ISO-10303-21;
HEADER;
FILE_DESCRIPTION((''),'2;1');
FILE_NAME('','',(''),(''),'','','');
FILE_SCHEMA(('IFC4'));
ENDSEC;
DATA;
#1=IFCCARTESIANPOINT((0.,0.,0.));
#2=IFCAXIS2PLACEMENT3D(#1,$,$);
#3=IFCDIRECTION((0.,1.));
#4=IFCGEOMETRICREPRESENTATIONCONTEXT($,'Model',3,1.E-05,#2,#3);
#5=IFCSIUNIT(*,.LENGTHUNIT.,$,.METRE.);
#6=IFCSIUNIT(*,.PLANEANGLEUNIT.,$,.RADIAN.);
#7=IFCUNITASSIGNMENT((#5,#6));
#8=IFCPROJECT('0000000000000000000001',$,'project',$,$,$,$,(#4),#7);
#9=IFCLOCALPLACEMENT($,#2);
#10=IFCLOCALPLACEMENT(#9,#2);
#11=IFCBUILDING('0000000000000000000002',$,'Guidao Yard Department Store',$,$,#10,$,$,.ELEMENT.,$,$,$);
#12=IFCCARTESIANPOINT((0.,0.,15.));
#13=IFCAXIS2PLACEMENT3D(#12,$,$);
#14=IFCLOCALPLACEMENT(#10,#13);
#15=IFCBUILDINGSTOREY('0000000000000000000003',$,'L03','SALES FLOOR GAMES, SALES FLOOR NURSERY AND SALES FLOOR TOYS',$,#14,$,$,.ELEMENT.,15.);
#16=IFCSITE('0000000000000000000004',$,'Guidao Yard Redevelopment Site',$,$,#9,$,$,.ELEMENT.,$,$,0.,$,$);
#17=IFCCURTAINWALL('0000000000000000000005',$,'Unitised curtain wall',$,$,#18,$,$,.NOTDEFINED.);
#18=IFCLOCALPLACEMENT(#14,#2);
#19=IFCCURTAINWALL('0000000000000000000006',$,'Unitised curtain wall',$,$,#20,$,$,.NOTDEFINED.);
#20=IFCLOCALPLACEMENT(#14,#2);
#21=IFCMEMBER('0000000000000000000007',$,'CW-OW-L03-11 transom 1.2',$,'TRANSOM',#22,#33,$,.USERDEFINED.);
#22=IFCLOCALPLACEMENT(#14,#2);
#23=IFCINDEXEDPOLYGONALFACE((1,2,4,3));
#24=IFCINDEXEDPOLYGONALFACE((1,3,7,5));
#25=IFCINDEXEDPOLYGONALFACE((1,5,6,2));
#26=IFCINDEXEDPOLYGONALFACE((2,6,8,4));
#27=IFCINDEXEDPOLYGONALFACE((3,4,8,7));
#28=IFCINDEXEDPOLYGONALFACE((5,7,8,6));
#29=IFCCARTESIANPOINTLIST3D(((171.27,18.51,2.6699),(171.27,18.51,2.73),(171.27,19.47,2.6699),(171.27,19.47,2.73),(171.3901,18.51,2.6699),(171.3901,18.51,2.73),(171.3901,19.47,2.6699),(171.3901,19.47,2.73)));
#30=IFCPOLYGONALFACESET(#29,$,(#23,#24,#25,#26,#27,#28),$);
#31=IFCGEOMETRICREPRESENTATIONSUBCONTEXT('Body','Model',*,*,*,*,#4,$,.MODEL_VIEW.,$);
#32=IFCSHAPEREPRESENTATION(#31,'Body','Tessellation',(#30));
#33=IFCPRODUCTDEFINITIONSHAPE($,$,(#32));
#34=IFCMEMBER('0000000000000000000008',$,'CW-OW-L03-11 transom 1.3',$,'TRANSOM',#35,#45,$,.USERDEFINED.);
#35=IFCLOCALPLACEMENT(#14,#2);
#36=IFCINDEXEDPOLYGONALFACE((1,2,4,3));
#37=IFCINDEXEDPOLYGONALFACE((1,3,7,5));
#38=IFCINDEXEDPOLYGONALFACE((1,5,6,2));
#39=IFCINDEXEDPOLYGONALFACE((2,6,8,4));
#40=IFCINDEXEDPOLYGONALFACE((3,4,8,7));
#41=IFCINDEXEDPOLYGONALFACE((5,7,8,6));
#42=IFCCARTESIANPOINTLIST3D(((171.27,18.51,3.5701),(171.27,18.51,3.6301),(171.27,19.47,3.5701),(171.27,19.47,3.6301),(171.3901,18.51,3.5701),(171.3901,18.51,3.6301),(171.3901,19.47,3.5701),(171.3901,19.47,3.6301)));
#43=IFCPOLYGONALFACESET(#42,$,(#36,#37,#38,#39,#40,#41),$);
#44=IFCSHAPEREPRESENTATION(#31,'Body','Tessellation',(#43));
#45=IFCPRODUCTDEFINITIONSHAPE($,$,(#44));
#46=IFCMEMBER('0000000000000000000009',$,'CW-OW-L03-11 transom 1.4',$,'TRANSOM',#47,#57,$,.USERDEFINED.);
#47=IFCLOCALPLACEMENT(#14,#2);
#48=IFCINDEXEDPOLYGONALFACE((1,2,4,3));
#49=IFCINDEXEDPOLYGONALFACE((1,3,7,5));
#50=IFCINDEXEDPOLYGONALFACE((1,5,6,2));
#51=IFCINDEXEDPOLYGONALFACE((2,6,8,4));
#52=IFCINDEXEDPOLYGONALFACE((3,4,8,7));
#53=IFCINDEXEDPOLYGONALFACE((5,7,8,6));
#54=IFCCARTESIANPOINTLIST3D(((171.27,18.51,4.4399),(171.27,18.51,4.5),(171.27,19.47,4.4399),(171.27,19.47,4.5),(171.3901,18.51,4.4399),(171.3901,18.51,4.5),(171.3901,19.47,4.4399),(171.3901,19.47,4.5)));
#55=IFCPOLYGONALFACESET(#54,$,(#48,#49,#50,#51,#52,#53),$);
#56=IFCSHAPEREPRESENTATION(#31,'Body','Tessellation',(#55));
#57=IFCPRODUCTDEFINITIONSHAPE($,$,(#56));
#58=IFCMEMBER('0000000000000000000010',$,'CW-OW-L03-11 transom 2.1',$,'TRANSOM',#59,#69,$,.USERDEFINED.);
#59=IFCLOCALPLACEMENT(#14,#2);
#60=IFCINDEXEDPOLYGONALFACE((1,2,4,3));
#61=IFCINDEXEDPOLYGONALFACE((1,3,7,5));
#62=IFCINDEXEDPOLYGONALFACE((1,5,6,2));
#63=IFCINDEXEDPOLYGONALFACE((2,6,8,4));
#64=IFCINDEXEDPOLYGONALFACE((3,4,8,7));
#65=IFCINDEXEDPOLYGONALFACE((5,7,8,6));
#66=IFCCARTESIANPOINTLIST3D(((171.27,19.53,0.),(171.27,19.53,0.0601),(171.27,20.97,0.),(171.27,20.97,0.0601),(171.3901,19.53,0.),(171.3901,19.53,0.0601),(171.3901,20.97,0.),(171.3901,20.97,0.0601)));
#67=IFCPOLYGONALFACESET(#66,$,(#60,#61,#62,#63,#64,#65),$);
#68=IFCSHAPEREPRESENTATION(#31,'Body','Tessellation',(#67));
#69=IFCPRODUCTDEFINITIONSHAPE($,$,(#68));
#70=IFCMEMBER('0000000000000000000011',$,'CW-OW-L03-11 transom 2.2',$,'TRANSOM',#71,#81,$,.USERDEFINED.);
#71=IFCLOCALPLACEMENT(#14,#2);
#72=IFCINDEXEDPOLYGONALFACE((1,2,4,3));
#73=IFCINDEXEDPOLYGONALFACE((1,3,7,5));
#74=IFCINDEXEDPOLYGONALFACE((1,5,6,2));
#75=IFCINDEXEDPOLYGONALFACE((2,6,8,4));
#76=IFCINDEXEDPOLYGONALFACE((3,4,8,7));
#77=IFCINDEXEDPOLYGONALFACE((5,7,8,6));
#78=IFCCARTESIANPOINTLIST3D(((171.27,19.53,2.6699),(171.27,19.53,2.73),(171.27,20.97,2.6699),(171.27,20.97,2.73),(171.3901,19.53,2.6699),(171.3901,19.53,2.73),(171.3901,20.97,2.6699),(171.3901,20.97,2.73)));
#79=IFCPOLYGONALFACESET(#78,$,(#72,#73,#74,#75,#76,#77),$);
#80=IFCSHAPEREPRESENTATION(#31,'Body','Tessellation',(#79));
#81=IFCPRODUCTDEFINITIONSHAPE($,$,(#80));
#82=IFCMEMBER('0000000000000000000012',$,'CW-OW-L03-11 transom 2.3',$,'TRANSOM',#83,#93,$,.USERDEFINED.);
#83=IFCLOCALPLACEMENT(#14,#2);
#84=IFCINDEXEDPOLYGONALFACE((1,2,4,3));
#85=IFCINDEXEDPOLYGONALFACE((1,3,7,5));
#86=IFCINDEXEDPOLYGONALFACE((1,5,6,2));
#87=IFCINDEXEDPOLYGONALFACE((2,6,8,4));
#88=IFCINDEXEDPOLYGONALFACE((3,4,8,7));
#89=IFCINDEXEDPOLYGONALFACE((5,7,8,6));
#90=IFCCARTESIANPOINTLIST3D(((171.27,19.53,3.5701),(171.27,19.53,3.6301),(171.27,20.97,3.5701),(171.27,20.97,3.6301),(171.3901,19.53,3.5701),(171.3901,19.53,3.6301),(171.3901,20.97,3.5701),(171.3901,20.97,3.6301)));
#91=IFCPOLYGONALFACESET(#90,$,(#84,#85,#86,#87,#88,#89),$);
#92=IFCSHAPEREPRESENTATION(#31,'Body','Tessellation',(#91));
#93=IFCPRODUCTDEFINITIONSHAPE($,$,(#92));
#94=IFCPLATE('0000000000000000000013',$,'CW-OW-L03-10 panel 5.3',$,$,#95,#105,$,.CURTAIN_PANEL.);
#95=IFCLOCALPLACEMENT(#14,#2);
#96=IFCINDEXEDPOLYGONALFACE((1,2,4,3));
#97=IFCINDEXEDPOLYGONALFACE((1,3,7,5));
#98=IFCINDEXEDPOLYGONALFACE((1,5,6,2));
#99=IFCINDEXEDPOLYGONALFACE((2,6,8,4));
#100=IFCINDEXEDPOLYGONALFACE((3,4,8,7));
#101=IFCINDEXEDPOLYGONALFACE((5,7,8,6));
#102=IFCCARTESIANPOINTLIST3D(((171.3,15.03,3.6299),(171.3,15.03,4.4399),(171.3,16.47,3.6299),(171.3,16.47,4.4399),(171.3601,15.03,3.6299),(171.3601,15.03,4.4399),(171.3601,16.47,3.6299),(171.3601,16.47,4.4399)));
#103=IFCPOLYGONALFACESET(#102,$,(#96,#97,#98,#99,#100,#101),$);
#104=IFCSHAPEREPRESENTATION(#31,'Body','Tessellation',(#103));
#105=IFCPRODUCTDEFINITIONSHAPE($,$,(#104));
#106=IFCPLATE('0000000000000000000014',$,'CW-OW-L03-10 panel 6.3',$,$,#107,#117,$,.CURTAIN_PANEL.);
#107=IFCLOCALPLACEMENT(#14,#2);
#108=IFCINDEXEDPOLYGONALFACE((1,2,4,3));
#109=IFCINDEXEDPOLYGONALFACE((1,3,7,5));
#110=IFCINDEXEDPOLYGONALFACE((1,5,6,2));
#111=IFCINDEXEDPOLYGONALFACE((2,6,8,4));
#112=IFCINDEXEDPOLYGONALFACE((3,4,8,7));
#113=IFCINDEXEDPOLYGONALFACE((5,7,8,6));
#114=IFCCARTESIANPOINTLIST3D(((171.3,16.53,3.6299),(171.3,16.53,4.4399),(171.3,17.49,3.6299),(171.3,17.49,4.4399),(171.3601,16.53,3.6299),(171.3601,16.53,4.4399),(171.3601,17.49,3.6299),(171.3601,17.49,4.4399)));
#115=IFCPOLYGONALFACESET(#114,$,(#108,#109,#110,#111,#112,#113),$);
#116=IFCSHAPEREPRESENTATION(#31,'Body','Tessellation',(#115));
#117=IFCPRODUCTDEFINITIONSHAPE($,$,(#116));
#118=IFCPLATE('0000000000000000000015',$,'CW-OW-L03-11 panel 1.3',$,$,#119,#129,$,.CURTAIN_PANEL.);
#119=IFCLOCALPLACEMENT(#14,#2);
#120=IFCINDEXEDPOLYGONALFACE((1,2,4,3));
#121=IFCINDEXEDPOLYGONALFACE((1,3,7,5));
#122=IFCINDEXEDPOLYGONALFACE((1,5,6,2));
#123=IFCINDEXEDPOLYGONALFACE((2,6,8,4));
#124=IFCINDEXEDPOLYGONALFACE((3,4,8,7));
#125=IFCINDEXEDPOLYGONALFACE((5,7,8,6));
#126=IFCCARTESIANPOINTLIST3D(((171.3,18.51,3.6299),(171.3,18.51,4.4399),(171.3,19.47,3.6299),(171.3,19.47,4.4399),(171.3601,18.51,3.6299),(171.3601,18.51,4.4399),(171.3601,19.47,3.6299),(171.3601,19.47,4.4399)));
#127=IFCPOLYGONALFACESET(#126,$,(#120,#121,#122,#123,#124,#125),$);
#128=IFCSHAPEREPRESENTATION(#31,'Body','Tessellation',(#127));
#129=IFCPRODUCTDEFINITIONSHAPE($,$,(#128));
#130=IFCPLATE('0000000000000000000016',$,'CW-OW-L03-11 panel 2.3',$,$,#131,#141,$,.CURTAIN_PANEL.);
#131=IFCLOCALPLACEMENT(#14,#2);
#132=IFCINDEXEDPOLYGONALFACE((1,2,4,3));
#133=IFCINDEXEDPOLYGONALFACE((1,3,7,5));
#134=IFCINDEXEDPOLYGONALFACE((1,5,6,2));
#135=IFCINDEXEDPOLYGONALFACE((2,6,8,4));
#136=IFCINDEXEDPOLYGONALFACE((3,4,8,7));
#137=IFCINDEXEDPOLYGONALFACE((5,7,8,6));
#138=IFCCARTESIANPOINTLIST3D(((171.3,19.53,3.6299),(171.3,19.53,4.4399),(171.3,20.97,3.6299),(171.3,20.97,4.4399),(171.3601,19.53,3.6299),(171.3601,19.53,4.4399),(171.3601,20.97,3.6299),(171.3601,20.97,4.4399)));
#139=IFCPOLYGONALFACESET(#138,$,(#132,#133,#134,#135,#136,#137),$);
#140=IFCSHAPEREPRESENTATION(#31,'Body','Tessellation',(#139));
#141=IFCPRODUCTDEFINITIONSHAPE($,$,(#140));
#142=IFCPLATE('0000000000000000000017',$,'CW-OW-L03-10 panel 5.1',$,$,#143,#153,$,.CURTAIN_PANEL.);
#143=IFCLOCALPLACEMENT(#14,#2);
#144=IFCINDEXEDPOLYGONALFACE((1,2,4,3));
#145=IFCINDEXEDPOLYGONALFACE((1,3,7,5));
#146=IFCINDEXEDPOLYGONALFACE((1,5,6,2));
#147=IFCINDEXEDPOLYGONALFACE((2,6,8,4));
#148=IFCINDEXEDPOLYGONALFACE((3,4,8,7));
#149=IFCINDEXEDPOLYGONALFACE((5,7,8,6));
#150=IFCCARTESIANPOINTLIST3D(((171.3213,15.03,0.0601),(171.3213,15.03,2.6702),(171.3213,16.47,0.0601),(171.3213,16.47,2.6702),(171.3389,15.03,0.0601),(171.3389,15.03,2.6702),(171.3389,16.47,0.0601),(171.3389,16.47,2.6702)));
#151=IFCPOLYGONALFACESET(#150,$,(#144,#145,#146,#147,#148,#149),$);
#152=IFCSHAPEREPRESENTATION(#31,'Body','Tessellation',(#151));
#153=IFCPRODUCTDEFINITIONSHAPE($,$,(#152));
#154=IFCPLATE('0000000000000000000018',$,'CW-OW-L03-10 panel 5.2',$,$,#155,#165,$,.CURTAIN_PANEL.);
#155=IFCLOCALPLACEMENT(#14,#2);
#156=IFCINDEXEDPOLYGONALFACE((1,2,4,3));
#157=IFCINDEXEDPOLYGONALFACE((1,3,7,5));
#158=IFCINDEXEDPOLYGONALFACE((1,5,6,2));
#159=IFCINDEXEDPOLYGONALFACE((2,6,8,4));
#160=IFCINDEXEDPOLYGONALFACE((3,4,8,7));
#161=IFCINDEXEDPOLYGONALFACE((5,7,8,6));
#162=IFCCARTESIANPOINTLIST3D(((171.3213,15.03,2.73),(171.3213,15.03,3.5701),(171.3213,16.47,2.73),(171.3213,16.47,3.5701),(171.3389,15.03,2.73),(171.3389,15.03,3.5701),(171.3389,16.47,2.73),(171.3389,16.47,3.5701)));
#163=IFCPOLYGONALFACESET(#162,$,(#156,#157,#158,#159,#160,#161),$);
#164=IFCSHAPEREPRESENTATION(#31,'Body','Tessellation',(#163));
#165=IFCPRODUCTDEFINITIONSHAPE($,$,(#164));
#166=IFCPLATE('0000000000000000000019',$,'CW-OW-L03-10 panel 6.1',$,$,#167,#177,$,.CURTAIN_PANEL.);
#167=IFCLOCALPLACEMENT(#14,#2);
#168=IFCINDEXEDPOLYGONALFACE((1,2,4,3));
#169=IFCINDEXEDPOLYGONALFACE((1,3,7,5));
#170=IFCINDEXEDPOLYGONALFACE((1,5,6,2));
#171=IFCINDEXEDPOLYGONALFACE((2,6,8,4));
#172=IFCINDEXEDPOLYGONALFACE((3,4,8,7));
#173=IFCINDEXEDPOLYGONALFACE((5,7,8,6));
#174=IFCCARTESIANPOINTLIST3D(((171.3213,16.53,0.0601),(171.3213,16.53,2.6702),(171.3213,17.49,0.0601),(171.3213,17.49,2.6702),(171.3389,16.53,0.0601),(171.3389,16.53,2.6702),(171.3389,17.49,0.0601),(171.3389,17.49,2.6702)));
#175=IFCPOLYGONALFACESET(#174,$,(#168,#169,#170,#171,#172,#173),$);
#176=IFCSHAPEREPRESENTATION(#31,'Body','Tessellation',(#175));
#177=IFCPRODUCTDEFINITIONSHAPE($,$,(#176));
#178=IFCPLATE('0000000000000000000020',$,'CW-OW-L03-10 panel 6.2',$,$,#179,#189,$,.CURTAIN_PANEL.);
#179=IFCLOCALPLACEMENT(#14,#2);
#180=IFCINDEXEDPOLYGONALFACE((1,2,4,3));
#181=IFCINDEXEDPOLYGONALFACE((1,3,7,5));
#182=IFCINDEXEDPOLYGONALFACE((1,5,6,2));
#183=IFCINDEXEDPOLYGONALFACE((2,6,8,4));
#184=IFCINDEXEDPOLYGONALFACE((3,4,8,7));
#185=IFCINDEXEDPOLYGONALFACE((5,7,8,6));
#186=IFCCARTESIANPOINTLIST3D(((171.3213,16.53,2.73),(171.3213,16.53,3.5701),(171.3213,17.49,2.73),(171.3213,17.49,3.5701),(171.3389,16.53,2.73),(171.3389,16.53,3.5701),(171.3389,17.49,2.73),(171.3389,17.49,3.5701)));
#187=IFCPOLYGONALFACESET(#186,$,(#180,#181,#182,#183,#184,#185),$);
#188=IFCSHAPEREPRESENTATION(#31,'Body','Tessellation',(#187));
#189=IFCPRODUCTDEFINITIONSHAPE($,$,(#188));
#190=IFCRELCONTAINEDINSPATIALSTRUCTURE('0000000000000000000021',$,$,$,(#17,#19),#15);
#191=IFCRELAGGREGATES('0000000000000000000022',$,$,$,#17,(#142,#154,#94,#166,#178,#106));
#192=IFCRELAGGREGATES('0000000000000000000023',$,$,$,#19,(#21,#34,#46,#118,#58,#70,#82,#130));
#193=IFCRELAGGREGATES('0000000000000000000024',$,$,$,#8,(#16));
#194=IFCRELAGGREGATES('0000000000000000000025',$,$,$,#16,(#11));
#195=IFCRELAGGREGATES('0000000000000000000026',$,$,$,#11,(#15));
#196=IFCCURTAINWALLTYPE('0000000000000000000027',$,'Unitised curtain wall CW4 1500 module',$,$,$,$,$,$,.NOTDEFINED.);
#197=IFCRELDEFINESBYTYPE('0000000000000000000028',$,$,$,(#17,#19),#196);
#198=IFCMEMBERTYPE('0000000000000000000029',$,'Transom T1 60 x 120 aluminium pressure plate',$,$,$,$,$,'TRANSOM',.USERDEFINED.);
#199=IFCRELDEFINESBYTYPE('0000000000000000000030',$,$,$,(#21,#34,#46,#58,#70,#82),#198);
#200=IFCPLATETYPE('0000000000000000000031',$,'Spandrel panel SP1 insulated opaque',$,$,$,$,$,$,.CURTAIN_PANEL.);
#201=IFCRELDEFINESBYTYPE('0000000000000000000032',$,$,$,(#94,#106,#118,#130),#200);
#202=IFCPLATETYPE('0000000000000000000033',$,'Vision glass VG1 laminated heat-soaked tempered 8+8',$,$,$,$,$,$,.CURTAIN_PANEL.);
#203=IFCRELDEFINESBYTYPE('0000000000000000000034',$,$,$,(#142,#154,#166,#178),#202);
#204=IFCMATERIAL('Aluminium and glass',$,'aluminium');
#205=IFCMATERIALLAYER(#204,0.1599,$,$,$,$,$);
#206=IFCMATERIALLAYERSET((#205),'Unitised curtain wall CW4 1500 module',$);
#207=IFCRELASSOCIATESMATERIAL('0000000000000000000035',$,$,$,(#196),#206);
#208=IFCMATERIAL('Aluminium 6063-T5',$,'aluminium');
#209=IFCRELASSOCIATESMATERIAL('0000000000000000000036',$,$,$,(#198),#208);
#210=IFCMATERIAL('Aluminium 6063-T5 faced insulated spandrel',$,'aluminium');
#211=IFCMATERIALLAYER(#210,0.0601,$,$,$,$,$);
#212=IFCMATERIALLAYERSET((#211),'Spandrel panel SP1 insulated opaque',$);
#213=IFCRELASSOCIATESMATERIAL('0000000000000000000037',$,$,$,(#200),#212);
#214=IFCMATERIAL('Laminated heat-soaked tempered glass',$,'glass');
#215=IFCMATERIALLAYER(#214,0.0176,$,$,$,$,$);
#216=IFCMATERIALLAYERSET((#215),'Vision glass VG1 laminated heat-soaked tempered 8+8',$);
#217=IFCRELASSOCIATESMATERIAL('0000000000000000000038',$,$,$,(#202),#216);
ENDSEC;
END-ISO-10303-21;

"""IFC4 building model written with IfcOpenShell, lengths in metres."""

from ifc_helpers import new_model, si_unit, direction, frame, origin, origin_2d, place, context, subcontext, project, spatial, rectangle, extrude, material, layer, layer_set, material_profile, profile_set, type_object, element, aggregate, save


model = new_model("IFC4")

# Units and contexts
model_context = context("Model", 3, precision=1e-05, world=origin(), true_north=direction((0.0, 1.0)))
body_context = subcontext(model_context, "Body", "Model", "MODEL_VIEW")
ifc_project = project(units=[si_unit("LENGTHUNIT", "METRE"), si_unit("PLANEANGLEUNIT", "RADIAN")], contexts=[model_context])

# Site, building, storey
site_placement = place(None, origin())
site = spatial("IfcSite", under=ifc_project, at=site_placement, Name="Guidao Yard Redevelopment Site", CompositionType="ELEMENT", RefElevation=0.0)
building_placement = place(site_placement, origin())
building = spatial("IfcBuilding", under=site, at=building_placement, Name="Guidao Yard Department Store", CompositionType="ELEMENT")
storey_placement = place(building_placement, frame((0.0, 0.0, 15.0)))
storey = spatial("IfcBuildingStorey", under=building, at=storey_placement, Name="L03", Description="SALES FLOOR GAMES, SALES FLOOR NURSERY AND SALES FLOOR TOYS", CompositionType="ELEMENT", Elevation=15.0)

# Curtain walls
ifc_material_1 = material(Name="Aluminium and glass", Category="aluminium")
ifc_layer_1 = layer(ifc_material_1, 0.1599)
ifc_layer_set_1 = layer_set([ifc_layer_1], Name="Unitised curtain wall CW4 1500 module")
curtain_wall_type = type_object("IfcCurtainWallType", Name="Unitised curtain wall CW4 1500 module", PredefinedType="NOTDEFINED", material=ifc_layer_set_1)
curtain_wall_1_placement = place(storey_placement, origin())
curtain_wall_1 = element("IfcCurtainWall", 1, at=curtain_wall_1_placement, inside=storey, type_object=curtain_wall_type, Name="Unitised curtain wall", PredefinedType="NOTDEFINED")
curtain_wall_2_placement = place(storey_placement, origin())
curtain_wall_2 = element("IfcCurtainWall", 2, at=curtain_wall_2_placement, inside=storey, type_object=curtain_wall_type, Name="Unitised curtain wall", PredefinedType="NOTDEFINED")

# Members
ifc_material_2 = material(Name="Aluminium 6063-T5", Category="aluminium")
ifc_material_profile_1 = material_profile(ifc_material_2, rectangle(XDim=0.1201, YDim=0.0601, at=origin_2d()), Name="Transom T1 60 x 120 aluminium pressure plate")
ifc_profile_set_1 = profile_set([ifc_material_profile_1], Name="Aluminium 6063-T5")
member_type_1 = type_object("IfcMemberType", Name="Transom T1 60 x 120 aluminium pressure plate", ElementType="TRANSOM", PredefinedType="USERDEFINED", material=ifc_profile_set_1)
member_1_placement = place(storey_placement, frame((171.3301, 19.47, 2.7), z_axis=(0.0, -1.0, 0.0), x_axis=(1.0, 0.0, 0.0)))
member_1 = element("IfcMember", 3, at=member_1_placement, type_object=member_type_1, Name="CW-OW-L03-11 transom 1.2", ObjectType="TRANSOM", PredefinedType="USERDEFINED", context=body_context, shape_type="SweptSolid", body=[
    extrude(rectangle(XDim=0.1201, YDim=0.0601, at=origin_2d()), origin(), (0.0, 0.0, 1.0), 0.96),
])
member_2_placement = place(storey_placement, frame((171.3301, 19.47, 3.6001), z_axis=(0.0, -1.0, 0.0), x_axis=(1.0, 0.0, 0.0)))
member_2 = element("IfcMember", 4, at=member_2_placement, type_object=member_type_1, Name="CW-OW-L03-11 transom 1.3", ObjectType="TRANSOM", PredefinedType="USERDEFINED", context=body_context, shape_type="SweptSolid", body=[
    extrude(rectangle(XDim=0.1201, YDim=0.0601, at=origin_2d()), origin(), (0.0, 0.0, 1.0), 0.96),
])
member_3_placement = place(storey_placement, frame((171.3301, 19.47, 4.47), z_axis=(0.0, -1.0, 0.0), x_axis=(1.0, 0.0, 0.0)))
member_3 = element("IfcMember", 5, at=member_3_placement, type_object=member_type_1, Name="CW-OW-L03-11 transom 1.4", ObjectType="TRANSOM", PredefinedType="USERDEFINED", context=body_context, shape_type="SweptSolid", body=[
    extrude(rectangle(XDim=0.1201, YDim=0.0601, at=origin_2d()), origin(), (0.0, 0.0, 1.0), 0.96),
])
member_4_placement = place(storey_placement, frame((171.3301, 20.97, 0.03), z_axis=(0.0, -1.0, 0.0), x_axis=(1.0, 0.0, 0.0)))
member_4 = element("IfcMember", 6, at=member_4_placement, type_object=member_type_1, Name="CW-OW-L03-11 transom 2.1", ObjectType="TRANSOM", PredefinedType="USERDEFINED", context=body_context, shape_type="SweptSolid", body=[
    extrude(rectangle(XDim=0.1201, YDim=0.0601, at=origin_2d()), origin(), (0.0, 0.0, 1.0), 1.4399),
])
member_5_placement = place(storey_placement, frame((171.3301, 20.97, 2.7), z_axis=(0.0, -1.0, 0.0), x_axis=(1.0, 0.0, 0.0)))
member_5 = element("IfcMember", 7, at=member_5_placement, type_object=member_type_1, Name="CW-OW-L03-11 transom 2.2", ObjectType="TRANSOM", PredefinedType="USERDEFINED", context=body_context, shape_type="SweptSolid", body=[
    extrude(rectangle(XDim=0.1201, YDim=0.0601, at=origin_2d()), origin(), (0.0, 0.0, 1.0), 1.4399),
])
member_6_placement = place(storey_placement, frame((171.3301, 20.97, 3.6001), z_axis=(0.0, -1.0, 0.0), x_axis=(1.0, 0.0, 0.0)))
member_6 = element("IfcMember", 8, at=member_6_placement, type_object=member_type_1, Name="CW-OW-L03-11 transom 2.3", ObjectType="TRANSOM", PredefinedType="USERDEFINED", context=body_context, shape_type="SweptSolid", body=[
    extrude(rectangle(XDim=0.1201, YDim=0.0601, at=origin_2d()), origin(), (0.0, 0.0, 1.0), 1.4399),
])

# Plates
ifc_material_3 = material(Name="Aluminium 6063-T5 faced insulated spandrel", Category="aluminium")
ifc_layer_2 = layer(ifc_material_3, 0.0601)
ifc_layer_set_2 = layer_set([ifc_layer_2], Name="Spandrel panel SP1 insulated opaque")
plate_type_1 = type_object("IfcPlateType", Name="Spandrel panel SP1 insulated opaque", PredefinedType="CURTAIN_PANEL", material=ifc_layer_set_2)
plate_1_placement = place(storey_placement, frame((171.3301, 15.75, 3.6299), z_axis=(0.0, 0.0, 1.0), x_axis=(0.0, -1.0, 0.0)))
plate_1 = element("IfcPlate", 9, at=plate_1_placement, type_object=plate_type_1, Name="CW-OW-L03-10 panel 5.3", PredefinedType="CURTAIN_PANEL", context=body_context, shape_type="SweptSolid", body=[
    extrude(rectangle(XDim=1.4399, YDim=0.0601, at=origin_2d()), origin(), (0.0, 0.0, 1.0), 0.8101),
])
plate_2_placement = place(storey_placement, frame((171.3301, 17.01, 3.6299), z_axis=(0.0, 0.0, 1.0), x_axis=(0.0, -1.0, 0.0)))
plate_2 = element("IfcPlate", 10, at=plate_2_placement, type_object=plate_type_1, Name="CW-OW-L03-10 panel 6.3", PredefinedType="CURTAIN_PANEL", context=body_context, shape_type="SweptSolid", body=[
    extrude(rectangle(XDim=0.96, YDim=0.0601, at=origin_2d()), origin(), (0.0, 0.0, 1.0), 0.8101),
])
plate_3_placement = place(storey_placement, frame((171.3301, 18.99, 3.6299), z_axis=(0.0, 0.0, 1.0), x_axis=(0.0, -1.0, 0.0)))
plate_3 = element("IfcPlate", 11, at=plate_3_placement, type_object=plate_type_1, Name="CW-OW-L03-11 panel 1.3", PredefinedType="CURTAIN_PANEL", context=body_context, shape_type="SweptSolid", body=[
    extrude(rectangle(XDim=0.96, YDim=0.0601, at=origin_2d()), origin(), (0.0, 0.0, 1.0), 0.8101),
])
plate_4_placement = place(storey_placement, frame((171.3301, 20.25, 3.6299), z_axis=(0.0, 0.0, 1.0), x_axis=(0.0, -1.0, 0.0)))
plate_4 = element("IfcPlate", 12, at=plate_4_placement, type_object=plate_type_1, Name="CW-OW-L03-11 panel 2.3", PredefinedType="CURTAIN_PANEL", context=body_context, shape_type="SweptSolid", body=[
    extrude(rectangle(XDim=1.4399, YDim=0.0601, at=origin_2d()), origin(), (0.0, 0.0, 1.0), 0.8101),
])
ifc_material_4 = material(Name="Laminated heat-soaked tempered glass", Category="glass")
ifc_layer_3 = layer(ifc_material_4, 0.0176)
ifc_layer_set_3 = layer_set([ifc_layer_3], Name="Vision glass VG1 laminated heat-soaked tempered 8+8")
plate_type_2 = type_object("IfcPlateType", Name="Vision glass VG1 laminated heat-soaked tempered 8+8", PredefinedType="CURTAIN_PANEL", material=ifc_layer_set_3)
plate_5_placement = place(storey_placement, frame((171.3301, 15.75, 0.0601), z_axis=(0.0, 0.0, 1.0), x_axis=(0.0, -1.0, 0.0)))
plate_5 = element("IfcPlate", 13, at=plate_5_placement, type_object=plate_type_2, Name="CW-OW-L03-10 panel 5.1", PredefinedType="CURTAIN_PANEL", context=body_context, shape_type="SweptSolid", body=[
    extrude(rectangle(XDim=1.4399, YDim=0.0176, at=origin_2d()), origin(), (0.0, 0.0, 1.0), 2.6101),
])
plate_6_placement = place(storey_placement, frame((171.3301, 15.75, 2.73), z_axis=(0.0, 0.0, 1.0), x_axis=(0.0, -1.0, 0.0)))
plate_6 = element("IfcPlate", 14, at=plate_6_placement, type_object=plate_type_2, Name="CW-OW-L03-10 panel 5.2", PredefinedType="CURTAIN_PANEL", context=body_context, shape_type="SweptSolid", body=[
    extrude(rectangle(XDim=1.4399, YDim=0.0176, at=origin_2d()), origin(), (0.0, 0.0, 1.0), 0.8401),
])
plate_7_placement = place(storey_placement, frame((171.3301, 17.01, 0.0601), z_axis=(0.0, 0.0, 1.0), x_axis=(0.0, -1.0, 0.0)))
plate_7 = element("IfcPlate", 15, at=plate_7_placement, type_object=plate_type_2, Name="CW-OW-L03-10 panel 6.1", PredefinedType="CURTAIN_PANEL", context=body_context, shape_type="SweptSolid", body=[
    extrude(rectangle(XDim=0.96, YDim=0.0176, at=origin_2d()), origin(), (0.0, 0.0, 1.0), 2.6101),
])
plate_8_placement = place(storey_placement, frame((171.3301, 17.01, 2.73), z_axis=(0.0, 0.0, 1.0), x_axis=(0.0, -1.0, 0.0)))
plate_8 = element("IfcPlate", 16, at=plate_8_placement, type_object=plate_type_2, Name="CW-OW-L03-10 panel 6.2", PredefinedType="CURTAIN_PANEL", context=body_context, shape_type="SweptSolid", body=[
    extrude(rectangle(XDim=0.96, YDim=0.0176, at=origin_2d()), origin(), (0.0, 0.0, 1.0), 0.8401),
])
aggregate(curtain_wall_1, [plate_5, plate_6, plate_1, plate_7, plate_8, plate_2])
aggregate(curtain_wall_2, [member_1, member_2, member_3, plate_3, member_4, member_5, member_6, plate_4])

save(model, "model.ifc")
